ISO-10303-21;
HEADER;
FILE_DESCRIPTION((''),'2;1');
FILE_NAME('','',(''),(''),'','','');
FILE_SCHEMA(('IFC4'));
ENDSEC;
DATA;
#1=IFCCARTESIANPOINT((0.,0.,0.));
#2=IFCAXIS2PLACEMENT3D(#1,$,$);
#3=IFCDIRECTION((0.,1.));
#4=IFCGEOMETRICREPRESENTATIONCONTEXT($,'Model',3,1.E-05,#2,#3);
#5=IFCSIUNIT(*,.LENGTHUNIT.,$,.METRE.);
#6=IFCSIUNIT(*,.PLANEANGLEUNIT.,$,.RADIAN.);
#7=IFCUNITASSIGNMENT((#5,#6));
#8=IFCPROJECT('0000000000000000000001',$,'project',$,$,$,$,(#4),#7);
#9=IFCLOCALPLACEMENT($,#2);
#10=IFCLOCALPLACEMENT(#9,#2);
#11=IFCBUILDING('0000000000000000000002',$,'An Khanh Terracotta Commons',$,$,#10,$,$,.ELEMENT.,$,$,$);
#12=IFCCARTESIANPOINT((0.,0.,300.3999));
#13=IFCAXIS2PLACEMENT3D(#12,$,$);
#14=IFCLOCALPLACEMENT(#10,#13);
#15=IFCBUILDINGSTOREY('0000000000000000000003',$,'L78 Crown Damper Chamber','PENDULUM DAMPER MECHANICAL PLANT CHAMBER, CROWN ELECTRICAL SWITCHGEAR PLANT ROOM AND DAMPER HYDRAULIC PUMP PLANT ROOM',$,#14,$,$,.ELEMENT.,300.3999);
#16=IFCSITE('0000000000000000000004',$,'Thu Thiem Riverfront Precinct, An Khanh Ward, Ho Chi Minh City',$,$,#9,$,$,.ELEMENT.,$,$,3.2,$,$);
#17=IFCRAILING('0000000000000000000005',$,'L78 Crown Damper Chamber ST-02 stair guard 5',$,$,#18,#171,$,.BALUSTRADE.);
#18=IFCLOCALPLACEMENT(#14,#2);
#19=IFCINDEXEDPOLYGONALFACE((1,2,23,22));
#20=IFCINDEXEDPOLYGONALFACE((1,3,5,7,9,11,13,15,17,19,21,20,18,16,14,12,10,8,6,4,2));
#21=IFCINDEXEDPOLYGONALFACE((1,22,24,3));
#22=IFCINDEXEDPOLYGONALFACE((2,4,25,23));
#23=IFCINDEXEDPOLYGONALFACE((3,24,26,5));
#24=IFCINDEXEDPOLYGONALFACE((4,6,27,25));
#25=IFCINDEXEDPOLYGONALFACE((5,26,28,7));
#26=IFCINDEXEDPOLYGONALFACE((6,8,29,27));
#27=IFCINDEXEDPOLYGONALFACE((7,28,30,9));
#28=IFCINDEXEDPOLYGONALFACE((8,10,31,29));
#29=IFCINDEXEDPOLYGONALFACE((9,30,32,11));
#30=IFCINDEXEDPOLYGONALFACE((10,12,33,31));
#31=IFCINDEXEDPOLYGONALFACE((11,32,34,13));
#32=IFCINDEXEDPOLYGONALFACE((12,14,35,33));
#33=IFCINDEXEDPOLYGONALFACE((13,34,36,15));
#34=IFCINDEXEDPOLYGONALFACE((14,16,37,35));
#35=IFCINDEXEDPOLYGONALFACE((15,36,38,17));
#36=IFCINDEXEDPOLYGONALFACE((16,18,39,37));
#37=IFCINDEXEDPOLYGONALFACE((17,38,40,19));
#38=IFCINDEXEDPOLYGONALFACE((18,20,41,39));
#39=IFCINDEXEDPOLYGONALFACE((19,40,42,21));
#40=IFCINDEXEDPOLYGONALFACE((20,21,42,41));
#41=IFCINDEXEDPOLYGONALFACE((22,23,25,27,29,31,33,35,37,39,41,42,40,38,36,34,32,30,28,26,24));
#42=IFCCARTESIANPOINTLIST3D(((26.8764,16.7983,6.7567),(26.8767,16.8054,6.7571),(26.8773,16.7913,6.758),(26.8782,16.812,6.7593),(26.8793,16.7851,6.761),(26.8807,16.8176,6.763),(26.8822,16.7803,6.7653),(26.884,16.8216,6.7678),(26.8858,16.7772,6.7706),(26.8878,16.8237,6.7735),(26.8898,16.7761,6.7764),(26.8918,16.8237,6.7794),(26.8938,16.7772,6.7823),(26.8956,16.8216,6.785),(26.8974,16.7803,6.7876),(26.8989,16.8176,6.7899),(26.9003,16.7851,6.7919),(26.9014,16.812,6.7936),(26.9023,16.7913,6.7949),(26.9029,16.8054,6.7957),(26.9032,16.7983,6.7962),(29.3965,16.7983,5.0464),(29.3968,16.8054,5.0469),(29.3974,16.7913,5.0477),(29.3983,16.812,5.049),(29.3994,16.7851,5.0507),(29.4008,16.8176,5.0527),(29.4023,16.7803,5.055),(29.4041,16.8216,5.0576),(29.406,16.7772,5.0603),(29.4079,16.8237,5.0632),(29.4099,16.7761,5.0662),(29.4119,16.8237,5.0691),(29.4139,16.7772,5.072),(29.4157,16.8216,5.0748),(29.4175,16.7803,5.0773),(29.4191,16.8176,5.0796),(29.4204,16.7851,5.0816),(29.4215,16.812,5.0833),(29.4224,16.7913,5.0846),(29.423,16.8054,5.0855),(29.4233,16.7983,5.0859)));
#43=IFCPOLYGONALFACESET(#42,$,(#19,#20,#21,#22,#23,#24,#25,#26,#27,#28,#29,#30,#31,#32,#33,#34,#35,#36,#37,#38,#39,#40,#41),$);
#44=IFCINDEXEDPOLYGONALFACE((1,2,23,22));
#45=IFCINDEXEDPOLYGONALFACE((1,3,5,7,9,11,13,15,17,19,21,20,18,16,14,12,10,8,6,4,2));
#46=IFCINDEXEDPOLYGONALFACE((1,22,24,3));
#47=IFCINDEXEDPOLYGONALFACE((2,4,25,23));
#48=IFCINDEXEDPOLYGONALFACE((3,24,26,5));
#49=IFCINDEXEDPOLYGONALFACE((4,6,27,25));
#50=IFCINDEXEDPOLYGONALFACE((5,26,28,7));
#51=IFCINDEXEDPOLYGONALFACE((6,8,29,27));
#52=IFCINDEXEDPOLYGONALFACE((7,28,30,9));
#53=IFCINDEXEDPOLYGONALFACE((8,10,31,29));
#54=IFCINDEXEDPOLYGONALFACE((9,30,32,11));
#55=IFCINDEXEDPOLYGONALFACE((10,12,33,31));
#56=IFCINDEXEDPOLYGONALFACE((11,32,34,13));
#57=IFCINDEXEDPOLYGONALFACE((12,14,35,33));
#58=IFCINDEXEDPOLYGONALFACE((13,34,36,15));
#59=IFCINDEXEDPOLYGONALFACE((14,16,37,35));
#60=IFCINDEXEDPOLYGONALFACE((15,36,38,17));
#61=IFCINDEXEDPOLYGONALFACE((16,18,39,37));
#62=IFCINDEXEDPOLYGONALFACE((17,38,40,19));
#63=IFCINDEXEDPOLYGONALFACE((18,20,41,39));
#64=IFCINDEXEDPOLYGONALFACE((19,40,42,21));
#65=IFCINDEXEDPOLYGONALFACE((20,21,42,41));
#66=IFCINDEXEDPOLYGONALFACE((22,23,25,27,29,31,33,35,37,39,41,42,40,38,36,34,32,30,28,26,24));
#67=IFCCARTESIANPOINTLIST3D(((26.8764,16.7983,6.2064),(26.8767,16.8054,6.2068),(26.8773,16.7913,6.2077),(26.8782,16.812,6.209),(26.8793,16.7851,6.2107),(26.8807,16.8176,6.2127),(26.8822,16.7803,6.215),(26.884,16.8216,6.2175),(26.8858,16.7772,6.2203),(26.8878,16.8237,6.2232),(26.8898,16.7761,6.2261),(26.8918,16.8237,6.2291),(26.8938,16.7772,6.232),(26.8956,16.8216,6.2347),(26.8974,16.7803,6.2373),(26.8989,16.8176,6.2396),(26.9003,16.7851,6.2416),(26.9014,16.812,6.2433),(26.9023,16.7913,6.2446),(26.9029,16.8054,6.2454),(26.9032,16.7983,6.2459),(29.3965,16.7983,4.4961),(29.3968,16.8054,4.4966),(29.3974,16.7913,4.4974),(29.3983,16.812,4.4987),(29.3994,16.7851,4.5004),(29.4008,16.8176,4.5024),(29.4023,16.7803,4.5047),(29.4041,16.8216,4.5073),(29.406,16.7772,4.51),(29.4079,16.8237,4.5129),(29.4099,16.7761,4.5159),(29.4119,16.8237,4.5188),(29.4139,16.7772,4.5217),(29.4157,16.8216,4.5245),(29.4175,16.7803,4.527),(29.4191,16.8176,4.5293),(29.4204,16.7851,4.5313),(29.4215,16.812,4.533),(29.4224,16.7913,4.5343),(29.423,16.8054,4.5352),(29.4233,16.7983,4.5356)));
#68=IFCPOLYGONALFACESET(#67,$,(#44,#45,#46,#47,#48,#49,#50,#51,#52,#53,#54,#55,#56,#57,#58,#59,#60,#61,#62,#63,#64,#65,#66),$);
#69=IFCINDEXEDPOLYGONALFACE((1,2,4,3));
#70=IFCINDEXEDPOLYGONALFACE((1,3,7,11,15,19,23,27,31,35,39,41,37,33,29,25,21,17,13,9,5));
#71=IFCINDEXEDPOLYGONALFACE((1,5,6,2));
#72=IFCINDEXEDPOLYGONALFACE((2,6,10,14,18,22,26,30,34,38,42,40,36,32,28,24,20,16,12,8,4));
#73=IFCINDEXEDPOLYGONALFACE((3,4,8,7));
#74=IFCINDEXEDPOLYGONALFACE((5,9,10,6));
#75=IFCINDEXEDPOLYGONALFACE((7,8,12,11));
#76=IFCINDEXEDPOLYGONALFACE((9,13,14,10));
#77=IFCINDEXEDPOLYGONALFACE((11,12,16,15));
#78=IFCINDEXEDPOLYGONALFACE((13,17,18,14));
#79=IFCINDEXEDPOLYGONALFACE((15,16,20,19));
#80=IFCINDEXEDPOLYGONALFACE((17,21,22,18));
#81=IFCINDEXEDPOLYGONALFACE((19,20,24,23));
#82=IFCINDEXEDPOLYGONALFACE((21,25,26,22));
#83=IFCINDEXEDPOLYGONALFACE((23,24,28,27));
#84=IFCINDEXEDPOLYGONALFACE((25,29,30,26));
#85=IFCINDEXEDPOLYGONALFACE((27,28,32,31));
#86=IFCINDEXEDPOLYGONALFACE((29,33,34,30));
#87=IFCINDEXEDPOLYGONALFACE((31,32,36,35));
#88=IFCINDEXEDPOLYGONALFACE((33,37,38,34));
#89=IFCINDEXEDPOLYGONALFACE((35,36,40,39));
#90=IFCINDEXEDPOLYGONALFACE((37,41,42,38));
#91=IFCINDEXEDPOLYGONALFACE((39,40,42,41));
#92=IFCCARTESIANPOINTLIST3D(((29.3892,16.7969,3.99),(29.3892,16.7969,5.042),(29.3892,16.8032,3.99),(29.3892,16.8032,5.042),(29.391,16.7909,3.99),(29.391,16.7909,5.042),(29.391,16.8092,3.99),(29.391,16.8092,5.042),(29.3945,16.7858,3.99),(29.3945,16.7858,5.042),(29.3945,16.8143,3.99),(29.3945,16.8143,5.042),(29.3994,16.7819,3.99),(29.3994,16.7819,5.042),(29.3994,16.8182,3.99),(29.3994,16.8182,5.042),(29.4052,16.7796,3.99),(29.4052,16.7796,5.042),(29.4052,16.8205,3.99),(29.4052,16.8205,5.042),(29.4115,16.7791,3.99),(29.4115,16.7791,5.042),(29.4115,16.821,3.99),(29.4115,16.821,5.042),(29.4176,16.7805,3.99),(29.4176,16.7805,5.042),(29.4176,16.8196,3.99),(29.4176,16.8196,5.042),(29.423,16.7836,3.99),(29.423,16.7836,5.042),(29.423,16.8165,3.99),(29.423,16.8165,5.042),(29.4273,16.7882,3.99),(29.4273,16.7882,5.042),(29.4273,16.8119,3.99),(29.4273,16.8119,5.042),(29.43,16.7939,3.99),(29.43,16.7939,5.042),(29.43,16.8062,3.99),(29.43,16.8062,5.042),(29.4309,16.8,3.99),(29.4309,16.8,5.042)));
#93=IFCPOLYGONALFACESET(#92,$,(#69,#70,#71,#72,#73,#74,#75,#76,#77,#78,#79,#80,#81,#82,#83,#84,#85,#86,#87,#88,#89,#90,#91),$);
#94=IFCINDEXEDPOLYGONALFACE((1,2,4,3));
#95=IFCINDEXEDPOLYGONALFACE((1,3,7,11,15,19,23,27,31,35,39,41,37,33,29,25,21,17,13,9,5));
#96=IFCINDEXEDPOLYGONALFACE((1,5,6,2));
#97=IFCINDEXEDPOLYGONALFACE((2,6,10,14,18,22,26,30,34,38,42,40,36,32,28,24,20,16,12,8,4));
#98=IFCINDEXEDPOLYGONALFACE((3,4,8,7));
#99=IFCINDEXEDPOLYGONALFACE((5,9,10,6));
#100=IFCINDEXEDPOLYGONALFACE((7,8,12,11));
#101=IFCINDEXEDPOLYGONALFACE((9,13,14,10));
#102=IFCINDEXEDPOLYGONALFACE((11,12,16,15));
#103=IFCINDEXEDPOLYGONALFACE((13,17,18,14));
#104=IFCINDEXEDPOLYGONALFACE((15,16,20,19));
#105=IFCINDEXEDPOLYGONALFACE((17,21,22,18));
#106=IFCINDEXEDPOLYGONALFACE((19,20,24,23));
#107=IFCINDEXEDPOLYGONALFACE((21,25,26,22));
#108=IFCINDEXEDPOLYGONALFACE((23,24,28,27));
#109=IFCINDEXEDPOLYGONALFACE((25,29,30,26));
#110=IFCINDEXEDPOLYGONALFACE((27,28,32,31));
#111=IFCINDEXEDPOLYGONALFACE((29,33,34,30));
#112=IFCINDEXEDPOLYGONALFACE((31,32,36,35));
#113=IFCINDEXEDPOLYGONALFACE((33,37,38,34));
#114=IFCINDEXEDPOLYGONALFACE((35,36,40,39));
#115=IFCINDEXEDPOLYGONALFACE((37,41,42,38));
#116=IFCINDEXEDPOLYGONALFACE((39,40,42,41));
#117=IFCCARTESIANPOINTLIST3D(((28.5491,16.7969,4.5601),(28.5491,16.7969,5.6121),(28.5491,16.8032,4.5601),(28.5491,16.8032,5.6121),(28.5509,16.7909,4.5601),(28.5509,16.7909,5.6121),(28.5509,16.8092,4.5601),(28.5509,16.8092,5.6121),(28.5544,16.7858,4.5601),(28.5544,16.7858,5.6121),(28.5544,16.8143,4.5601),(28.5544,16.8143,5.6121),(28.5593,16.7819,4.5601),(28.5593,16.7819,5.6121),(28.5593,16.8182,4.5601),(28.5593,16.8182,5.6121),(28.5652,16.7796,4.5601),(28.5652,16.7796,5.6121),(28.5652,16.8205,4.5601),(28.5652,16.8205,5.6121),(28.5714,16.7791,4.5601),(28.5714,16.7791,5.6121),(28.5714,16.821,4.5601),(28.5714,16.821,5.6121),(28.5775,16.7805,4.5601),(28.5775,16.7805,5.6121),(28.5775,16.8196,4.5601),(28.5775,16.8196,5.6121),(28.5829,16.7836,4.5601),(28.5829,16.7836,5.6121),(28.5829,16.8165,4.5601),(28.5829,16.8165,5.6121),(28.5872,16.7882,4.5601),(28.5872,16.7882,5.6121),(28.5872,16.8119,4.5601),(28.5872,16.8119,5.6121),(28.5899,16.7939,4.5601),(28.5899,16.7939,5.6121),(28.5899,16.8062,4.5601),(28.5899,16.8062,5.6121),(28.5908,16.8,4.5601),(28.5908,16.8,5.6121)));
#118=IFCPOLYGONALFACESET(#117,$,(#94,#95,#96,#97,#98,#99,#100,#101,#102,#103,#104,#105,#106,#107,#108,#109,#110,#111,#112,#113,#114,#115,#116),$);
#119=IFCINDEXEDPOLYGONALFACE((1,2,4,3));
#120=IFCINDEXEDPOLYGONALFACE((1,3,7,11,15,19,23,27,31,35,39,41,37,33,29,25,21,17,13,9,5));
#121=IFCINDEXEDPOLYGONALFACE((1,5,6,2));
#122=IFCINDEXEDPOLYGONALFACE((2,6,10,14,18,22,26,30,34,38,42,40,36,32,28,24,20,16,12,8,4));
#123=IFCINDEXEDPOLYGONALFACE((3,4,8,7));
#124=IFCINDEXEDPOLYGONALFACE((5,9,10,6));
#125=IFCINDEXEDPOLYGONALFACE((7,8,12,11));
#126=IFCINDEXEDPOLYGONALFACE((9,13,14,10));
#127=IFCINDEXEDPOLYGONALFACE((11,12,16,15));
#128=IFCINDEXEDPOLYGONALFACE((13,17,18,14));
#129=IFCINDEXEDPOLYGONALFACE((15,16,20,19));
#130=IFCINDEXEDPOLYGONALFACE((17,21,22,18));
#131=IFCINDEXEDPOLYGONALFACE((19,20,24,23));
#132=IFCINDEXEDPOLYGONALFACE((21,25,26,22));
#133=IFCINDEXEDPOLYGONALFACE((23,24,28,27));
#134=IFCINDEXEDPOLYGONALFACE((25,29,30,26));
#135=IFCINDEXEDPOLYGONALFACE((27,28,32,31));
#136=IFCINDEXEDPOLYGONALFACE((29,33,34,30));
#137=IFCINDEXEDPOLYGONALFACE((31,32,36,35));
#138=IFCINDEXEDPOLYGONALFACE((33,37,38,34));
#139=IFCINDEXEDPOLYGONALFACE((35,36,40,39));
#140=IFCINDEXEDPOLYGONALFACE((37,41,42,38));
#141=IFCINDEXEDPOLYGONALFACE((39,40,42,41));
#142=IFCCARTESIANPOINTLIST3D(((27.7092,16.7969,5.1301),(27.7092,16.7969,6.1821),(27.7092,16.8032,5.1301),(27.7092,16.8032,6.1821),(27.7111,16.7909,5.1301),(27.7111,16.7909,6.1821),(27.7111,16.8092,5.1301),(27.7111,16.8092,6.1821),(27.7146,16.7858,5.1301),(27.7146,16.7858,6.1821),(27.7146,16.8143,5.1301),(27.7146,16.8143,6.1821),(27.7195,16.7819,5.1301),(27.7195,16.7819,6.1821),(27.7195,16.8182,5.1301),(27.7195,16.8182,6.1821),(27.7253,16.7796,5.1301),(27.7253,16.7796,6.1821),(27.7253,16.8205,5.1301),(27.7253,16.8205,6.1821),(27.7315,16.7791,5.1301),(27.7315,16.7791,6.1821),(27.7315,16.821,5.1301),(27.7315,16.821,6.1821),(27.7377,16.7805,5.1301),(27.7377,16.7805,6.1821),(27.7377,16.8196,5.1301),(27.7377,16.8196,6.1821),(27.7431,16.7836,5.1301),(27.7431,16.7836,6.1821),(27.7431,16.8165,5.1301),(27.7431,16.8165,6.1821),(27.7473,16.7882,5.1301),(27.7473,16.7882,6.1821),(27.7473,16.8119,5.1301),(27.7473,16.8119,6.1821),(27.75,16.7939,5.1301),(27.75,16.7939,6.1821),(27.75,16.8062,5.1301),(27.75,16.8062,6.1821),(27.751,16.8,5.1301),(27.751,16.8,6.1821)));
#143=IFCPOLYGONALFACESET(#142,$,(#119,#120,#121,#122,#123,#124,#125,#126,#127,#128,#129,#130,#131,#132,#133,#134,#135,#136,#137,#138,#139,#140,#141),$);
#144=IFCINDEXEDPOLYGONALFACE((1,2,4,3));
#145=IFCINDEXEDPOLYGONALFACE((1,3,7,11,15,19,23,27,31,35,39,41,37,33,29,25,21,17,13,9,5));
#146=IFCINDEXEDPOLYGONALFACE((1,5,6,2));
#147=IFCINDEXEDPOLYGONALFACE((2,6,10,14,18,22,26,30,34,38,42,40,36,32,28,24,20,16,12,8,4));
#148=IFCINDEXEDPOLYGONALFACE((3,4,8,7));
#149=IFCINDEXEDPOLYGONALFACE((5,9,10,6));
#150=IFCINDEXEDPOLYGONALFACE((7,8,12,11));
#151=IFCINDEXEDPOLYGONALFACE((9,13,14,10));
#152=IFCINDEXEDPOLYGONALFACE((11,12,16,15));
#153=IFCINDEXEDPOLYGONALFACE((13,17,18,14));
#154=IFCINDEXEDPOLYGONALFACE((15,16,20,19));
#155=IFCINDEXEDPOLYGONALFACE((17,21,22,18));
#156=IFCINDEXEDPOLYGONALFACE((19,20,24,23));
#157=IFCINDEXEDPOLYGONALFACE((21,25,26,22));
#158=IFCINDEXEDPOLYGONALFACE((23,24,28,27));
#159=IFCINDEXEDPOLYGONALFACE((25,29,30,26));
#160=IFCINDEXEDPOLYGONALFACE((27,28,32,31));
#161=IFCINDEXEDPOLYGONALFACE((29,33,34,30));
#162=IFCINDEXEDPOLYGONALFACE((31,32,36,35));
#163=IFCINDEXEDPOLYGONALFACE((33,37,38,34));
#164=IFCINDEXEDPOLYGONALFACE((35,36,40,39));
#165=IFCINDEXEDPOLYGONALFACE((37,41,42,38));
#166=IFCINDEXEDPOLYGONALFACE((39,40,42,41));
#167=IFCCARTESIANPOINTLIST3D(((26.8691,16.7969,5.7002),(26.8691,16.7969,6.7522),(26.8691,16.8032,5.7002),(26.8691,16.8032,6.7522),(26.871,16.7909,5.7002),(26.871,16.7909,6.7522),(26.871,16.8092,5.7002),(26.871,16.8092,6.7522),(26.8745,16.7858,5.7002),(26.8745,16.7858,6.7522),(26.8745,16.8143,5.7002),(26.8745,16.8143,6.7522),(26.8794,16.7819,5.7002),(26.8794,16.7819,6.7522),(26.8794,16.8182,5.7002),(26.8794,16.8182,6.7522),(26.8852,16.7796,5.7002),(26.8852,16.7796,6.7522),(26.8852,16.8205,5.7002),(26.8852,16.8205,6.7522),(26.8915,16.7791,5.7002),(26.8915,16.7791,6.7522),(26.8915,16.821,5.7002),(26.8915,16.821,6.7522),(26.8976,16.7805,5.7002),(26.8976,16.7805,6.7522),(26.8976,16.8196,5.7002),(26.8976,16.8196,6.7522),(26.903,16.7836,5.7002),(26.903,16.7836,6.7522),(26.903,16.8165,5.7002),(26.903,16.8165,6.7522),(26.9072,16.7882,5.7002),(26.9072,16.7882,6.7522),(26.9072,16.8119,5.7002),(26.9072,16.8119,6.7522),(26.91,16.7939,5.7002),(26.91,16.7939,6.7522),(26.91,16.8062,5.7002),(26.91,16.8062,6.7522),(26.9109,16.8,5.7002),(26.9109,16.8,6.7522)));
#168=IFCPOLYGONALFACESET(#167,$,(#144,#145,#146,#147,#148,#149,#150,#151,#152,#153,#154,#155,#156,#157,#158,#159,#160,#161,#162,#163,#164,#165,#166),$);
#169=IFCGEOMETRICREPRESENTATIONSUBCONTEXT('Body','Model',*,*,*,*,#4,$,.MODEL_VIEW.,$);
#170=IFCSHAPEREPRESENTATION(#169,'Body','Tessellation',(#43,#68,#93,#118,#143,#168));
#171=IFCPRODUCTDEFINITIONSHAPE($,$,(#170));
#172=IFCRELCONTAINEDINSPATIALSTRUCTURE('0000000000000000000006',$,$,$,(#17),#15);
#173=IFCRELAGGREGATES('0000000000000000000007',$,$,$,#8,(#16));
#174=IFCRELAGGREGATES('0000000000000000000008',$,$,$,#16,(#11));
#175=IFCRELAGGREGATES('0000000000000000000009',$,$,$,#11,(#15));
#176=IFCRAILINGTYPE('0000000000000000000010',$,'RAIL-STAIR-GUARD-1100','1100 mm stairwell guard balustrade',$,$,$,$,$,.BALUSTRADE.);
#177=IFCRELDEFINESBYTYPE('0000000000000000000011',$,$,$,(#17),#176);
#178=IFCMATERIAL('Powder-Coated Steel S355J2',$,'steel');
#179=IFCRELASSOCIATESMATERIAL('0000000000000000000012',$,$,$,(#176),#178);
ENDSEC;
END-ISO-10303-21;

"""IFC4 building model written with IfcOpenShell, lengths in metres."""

from ifc_helpers import new_model, si_unit, direction, frame, origin, origin_2d, place, context, subcontext, project, spatial, circle, extrude, material, type_object, element, save


model = new_model("IFC4")

# Units and contexts
model_context = context("Model", 3, precision=1e-05, world=origin(), true_north=direction((0.0, 1.0)))
body_context = subcontext(model_context, "Body", "Model", "MODEL_VIEW")
ifc_project = project(units=[si_unit("LENGTHUNIT", "METRE"), si_unit("PLANEANGLEUNIT", "RADIAN")], contexts=[model_context])

# Site, building, storey
site_placement = place(None, origin())
site = spatial("IfcSite", under=ifc_project, at=site_placement, Name="Thu Thiem Riverfront Precinct, An Khanh Ward, Ho Chi Minh City", CompositionType="ELEMENT", RefElevation=3.2)
building_placement = place(site_placement, origin())
building = spatial("IfcBuilding", under=site, at=building_placement, Name="An Khanh Terracotta Commons", CompositionType="ELEMENT")
storey_placement = place(building_placement, frame((0.0, 0.0, 300.3999)))
storey = spatial("IfcBuildingStorey", under=building, at=storey_placement, Name="L78 Crown Damper Chamber", Description="PENDULUM DAMPER MECHANICAL PLANT CHAMBER, CROWN ELECTRICAL SWITCHGEAR PLANT ROOM AND DAMPER HYDRAULIC PUMP PLANT ROOM", CompositionType="ELEMENT", Elevation=300.3999)

# Railing
ifc_material_1 = material(Name="Powder-Coated Steel S355J2", Category="steel")
railing_type_1 = type_object("IfcRailingType", Name="RAIL-STAIR-GUARD-1100", Description="1100 mm stairwell guard balustrade", PredefinedType="BALUSTRADE", material=ifc_material_1)
railing_1_placement = place(storey_placement, frame((29.4099, 16.8, 3.99)))
element("IfcRailing", 1, at=railing_1_placement, inside=storey, type_object=railing_type_1, Name="L78 Crown Damper Chamber ST-02 stair guard 5", PredefinedType="BALUSTRADE", context=body_context, shape_type="SweptSolid", body=[
    extrude(circle(Radius=0.0239, at=origin_2d()), frame((0.0, 0.0, 1.0762), z_axis=(-0.827447, 0.0, 0.561545), x_axis=(0.0, -1.0, 0.0)), (0.0, 0.0, 1.0), 3.0457),
    extrude(circle(Radius=0.0239, at=origin_2d()), frame((0.0, 0.0, 0.5259), z_axis=(-0.827447, 0.0, 0.561545), x_axis=(0.0, -1.0, 0.0)), (0.0, 0.0, 1.0), 3.0457),
    extrude(circle(Radius=0.021, at=origin_2d()), origin(), (0.0, 0.0, 1.0), 1.052),
    extrude(circle(Radius=0.021, at=origin_2d()), frame((-0.8401, 0.0, 0.5701)), (0.0, 0.0, 1.0), 1.052),
    extrude(circle(Radius=0.021, at=origin_2d()), frame((-1.6799, 0.0, 1.1401)), (0.0, 0.0, 1.0), 1.052),
    extrude(circle(Radius=0.021, at=origin_2d()), frame((-2.52, 0.0, 1.7102)), (0.0, 0.0, 1.0), 1.052),
])

save(model, "model.ifc")
